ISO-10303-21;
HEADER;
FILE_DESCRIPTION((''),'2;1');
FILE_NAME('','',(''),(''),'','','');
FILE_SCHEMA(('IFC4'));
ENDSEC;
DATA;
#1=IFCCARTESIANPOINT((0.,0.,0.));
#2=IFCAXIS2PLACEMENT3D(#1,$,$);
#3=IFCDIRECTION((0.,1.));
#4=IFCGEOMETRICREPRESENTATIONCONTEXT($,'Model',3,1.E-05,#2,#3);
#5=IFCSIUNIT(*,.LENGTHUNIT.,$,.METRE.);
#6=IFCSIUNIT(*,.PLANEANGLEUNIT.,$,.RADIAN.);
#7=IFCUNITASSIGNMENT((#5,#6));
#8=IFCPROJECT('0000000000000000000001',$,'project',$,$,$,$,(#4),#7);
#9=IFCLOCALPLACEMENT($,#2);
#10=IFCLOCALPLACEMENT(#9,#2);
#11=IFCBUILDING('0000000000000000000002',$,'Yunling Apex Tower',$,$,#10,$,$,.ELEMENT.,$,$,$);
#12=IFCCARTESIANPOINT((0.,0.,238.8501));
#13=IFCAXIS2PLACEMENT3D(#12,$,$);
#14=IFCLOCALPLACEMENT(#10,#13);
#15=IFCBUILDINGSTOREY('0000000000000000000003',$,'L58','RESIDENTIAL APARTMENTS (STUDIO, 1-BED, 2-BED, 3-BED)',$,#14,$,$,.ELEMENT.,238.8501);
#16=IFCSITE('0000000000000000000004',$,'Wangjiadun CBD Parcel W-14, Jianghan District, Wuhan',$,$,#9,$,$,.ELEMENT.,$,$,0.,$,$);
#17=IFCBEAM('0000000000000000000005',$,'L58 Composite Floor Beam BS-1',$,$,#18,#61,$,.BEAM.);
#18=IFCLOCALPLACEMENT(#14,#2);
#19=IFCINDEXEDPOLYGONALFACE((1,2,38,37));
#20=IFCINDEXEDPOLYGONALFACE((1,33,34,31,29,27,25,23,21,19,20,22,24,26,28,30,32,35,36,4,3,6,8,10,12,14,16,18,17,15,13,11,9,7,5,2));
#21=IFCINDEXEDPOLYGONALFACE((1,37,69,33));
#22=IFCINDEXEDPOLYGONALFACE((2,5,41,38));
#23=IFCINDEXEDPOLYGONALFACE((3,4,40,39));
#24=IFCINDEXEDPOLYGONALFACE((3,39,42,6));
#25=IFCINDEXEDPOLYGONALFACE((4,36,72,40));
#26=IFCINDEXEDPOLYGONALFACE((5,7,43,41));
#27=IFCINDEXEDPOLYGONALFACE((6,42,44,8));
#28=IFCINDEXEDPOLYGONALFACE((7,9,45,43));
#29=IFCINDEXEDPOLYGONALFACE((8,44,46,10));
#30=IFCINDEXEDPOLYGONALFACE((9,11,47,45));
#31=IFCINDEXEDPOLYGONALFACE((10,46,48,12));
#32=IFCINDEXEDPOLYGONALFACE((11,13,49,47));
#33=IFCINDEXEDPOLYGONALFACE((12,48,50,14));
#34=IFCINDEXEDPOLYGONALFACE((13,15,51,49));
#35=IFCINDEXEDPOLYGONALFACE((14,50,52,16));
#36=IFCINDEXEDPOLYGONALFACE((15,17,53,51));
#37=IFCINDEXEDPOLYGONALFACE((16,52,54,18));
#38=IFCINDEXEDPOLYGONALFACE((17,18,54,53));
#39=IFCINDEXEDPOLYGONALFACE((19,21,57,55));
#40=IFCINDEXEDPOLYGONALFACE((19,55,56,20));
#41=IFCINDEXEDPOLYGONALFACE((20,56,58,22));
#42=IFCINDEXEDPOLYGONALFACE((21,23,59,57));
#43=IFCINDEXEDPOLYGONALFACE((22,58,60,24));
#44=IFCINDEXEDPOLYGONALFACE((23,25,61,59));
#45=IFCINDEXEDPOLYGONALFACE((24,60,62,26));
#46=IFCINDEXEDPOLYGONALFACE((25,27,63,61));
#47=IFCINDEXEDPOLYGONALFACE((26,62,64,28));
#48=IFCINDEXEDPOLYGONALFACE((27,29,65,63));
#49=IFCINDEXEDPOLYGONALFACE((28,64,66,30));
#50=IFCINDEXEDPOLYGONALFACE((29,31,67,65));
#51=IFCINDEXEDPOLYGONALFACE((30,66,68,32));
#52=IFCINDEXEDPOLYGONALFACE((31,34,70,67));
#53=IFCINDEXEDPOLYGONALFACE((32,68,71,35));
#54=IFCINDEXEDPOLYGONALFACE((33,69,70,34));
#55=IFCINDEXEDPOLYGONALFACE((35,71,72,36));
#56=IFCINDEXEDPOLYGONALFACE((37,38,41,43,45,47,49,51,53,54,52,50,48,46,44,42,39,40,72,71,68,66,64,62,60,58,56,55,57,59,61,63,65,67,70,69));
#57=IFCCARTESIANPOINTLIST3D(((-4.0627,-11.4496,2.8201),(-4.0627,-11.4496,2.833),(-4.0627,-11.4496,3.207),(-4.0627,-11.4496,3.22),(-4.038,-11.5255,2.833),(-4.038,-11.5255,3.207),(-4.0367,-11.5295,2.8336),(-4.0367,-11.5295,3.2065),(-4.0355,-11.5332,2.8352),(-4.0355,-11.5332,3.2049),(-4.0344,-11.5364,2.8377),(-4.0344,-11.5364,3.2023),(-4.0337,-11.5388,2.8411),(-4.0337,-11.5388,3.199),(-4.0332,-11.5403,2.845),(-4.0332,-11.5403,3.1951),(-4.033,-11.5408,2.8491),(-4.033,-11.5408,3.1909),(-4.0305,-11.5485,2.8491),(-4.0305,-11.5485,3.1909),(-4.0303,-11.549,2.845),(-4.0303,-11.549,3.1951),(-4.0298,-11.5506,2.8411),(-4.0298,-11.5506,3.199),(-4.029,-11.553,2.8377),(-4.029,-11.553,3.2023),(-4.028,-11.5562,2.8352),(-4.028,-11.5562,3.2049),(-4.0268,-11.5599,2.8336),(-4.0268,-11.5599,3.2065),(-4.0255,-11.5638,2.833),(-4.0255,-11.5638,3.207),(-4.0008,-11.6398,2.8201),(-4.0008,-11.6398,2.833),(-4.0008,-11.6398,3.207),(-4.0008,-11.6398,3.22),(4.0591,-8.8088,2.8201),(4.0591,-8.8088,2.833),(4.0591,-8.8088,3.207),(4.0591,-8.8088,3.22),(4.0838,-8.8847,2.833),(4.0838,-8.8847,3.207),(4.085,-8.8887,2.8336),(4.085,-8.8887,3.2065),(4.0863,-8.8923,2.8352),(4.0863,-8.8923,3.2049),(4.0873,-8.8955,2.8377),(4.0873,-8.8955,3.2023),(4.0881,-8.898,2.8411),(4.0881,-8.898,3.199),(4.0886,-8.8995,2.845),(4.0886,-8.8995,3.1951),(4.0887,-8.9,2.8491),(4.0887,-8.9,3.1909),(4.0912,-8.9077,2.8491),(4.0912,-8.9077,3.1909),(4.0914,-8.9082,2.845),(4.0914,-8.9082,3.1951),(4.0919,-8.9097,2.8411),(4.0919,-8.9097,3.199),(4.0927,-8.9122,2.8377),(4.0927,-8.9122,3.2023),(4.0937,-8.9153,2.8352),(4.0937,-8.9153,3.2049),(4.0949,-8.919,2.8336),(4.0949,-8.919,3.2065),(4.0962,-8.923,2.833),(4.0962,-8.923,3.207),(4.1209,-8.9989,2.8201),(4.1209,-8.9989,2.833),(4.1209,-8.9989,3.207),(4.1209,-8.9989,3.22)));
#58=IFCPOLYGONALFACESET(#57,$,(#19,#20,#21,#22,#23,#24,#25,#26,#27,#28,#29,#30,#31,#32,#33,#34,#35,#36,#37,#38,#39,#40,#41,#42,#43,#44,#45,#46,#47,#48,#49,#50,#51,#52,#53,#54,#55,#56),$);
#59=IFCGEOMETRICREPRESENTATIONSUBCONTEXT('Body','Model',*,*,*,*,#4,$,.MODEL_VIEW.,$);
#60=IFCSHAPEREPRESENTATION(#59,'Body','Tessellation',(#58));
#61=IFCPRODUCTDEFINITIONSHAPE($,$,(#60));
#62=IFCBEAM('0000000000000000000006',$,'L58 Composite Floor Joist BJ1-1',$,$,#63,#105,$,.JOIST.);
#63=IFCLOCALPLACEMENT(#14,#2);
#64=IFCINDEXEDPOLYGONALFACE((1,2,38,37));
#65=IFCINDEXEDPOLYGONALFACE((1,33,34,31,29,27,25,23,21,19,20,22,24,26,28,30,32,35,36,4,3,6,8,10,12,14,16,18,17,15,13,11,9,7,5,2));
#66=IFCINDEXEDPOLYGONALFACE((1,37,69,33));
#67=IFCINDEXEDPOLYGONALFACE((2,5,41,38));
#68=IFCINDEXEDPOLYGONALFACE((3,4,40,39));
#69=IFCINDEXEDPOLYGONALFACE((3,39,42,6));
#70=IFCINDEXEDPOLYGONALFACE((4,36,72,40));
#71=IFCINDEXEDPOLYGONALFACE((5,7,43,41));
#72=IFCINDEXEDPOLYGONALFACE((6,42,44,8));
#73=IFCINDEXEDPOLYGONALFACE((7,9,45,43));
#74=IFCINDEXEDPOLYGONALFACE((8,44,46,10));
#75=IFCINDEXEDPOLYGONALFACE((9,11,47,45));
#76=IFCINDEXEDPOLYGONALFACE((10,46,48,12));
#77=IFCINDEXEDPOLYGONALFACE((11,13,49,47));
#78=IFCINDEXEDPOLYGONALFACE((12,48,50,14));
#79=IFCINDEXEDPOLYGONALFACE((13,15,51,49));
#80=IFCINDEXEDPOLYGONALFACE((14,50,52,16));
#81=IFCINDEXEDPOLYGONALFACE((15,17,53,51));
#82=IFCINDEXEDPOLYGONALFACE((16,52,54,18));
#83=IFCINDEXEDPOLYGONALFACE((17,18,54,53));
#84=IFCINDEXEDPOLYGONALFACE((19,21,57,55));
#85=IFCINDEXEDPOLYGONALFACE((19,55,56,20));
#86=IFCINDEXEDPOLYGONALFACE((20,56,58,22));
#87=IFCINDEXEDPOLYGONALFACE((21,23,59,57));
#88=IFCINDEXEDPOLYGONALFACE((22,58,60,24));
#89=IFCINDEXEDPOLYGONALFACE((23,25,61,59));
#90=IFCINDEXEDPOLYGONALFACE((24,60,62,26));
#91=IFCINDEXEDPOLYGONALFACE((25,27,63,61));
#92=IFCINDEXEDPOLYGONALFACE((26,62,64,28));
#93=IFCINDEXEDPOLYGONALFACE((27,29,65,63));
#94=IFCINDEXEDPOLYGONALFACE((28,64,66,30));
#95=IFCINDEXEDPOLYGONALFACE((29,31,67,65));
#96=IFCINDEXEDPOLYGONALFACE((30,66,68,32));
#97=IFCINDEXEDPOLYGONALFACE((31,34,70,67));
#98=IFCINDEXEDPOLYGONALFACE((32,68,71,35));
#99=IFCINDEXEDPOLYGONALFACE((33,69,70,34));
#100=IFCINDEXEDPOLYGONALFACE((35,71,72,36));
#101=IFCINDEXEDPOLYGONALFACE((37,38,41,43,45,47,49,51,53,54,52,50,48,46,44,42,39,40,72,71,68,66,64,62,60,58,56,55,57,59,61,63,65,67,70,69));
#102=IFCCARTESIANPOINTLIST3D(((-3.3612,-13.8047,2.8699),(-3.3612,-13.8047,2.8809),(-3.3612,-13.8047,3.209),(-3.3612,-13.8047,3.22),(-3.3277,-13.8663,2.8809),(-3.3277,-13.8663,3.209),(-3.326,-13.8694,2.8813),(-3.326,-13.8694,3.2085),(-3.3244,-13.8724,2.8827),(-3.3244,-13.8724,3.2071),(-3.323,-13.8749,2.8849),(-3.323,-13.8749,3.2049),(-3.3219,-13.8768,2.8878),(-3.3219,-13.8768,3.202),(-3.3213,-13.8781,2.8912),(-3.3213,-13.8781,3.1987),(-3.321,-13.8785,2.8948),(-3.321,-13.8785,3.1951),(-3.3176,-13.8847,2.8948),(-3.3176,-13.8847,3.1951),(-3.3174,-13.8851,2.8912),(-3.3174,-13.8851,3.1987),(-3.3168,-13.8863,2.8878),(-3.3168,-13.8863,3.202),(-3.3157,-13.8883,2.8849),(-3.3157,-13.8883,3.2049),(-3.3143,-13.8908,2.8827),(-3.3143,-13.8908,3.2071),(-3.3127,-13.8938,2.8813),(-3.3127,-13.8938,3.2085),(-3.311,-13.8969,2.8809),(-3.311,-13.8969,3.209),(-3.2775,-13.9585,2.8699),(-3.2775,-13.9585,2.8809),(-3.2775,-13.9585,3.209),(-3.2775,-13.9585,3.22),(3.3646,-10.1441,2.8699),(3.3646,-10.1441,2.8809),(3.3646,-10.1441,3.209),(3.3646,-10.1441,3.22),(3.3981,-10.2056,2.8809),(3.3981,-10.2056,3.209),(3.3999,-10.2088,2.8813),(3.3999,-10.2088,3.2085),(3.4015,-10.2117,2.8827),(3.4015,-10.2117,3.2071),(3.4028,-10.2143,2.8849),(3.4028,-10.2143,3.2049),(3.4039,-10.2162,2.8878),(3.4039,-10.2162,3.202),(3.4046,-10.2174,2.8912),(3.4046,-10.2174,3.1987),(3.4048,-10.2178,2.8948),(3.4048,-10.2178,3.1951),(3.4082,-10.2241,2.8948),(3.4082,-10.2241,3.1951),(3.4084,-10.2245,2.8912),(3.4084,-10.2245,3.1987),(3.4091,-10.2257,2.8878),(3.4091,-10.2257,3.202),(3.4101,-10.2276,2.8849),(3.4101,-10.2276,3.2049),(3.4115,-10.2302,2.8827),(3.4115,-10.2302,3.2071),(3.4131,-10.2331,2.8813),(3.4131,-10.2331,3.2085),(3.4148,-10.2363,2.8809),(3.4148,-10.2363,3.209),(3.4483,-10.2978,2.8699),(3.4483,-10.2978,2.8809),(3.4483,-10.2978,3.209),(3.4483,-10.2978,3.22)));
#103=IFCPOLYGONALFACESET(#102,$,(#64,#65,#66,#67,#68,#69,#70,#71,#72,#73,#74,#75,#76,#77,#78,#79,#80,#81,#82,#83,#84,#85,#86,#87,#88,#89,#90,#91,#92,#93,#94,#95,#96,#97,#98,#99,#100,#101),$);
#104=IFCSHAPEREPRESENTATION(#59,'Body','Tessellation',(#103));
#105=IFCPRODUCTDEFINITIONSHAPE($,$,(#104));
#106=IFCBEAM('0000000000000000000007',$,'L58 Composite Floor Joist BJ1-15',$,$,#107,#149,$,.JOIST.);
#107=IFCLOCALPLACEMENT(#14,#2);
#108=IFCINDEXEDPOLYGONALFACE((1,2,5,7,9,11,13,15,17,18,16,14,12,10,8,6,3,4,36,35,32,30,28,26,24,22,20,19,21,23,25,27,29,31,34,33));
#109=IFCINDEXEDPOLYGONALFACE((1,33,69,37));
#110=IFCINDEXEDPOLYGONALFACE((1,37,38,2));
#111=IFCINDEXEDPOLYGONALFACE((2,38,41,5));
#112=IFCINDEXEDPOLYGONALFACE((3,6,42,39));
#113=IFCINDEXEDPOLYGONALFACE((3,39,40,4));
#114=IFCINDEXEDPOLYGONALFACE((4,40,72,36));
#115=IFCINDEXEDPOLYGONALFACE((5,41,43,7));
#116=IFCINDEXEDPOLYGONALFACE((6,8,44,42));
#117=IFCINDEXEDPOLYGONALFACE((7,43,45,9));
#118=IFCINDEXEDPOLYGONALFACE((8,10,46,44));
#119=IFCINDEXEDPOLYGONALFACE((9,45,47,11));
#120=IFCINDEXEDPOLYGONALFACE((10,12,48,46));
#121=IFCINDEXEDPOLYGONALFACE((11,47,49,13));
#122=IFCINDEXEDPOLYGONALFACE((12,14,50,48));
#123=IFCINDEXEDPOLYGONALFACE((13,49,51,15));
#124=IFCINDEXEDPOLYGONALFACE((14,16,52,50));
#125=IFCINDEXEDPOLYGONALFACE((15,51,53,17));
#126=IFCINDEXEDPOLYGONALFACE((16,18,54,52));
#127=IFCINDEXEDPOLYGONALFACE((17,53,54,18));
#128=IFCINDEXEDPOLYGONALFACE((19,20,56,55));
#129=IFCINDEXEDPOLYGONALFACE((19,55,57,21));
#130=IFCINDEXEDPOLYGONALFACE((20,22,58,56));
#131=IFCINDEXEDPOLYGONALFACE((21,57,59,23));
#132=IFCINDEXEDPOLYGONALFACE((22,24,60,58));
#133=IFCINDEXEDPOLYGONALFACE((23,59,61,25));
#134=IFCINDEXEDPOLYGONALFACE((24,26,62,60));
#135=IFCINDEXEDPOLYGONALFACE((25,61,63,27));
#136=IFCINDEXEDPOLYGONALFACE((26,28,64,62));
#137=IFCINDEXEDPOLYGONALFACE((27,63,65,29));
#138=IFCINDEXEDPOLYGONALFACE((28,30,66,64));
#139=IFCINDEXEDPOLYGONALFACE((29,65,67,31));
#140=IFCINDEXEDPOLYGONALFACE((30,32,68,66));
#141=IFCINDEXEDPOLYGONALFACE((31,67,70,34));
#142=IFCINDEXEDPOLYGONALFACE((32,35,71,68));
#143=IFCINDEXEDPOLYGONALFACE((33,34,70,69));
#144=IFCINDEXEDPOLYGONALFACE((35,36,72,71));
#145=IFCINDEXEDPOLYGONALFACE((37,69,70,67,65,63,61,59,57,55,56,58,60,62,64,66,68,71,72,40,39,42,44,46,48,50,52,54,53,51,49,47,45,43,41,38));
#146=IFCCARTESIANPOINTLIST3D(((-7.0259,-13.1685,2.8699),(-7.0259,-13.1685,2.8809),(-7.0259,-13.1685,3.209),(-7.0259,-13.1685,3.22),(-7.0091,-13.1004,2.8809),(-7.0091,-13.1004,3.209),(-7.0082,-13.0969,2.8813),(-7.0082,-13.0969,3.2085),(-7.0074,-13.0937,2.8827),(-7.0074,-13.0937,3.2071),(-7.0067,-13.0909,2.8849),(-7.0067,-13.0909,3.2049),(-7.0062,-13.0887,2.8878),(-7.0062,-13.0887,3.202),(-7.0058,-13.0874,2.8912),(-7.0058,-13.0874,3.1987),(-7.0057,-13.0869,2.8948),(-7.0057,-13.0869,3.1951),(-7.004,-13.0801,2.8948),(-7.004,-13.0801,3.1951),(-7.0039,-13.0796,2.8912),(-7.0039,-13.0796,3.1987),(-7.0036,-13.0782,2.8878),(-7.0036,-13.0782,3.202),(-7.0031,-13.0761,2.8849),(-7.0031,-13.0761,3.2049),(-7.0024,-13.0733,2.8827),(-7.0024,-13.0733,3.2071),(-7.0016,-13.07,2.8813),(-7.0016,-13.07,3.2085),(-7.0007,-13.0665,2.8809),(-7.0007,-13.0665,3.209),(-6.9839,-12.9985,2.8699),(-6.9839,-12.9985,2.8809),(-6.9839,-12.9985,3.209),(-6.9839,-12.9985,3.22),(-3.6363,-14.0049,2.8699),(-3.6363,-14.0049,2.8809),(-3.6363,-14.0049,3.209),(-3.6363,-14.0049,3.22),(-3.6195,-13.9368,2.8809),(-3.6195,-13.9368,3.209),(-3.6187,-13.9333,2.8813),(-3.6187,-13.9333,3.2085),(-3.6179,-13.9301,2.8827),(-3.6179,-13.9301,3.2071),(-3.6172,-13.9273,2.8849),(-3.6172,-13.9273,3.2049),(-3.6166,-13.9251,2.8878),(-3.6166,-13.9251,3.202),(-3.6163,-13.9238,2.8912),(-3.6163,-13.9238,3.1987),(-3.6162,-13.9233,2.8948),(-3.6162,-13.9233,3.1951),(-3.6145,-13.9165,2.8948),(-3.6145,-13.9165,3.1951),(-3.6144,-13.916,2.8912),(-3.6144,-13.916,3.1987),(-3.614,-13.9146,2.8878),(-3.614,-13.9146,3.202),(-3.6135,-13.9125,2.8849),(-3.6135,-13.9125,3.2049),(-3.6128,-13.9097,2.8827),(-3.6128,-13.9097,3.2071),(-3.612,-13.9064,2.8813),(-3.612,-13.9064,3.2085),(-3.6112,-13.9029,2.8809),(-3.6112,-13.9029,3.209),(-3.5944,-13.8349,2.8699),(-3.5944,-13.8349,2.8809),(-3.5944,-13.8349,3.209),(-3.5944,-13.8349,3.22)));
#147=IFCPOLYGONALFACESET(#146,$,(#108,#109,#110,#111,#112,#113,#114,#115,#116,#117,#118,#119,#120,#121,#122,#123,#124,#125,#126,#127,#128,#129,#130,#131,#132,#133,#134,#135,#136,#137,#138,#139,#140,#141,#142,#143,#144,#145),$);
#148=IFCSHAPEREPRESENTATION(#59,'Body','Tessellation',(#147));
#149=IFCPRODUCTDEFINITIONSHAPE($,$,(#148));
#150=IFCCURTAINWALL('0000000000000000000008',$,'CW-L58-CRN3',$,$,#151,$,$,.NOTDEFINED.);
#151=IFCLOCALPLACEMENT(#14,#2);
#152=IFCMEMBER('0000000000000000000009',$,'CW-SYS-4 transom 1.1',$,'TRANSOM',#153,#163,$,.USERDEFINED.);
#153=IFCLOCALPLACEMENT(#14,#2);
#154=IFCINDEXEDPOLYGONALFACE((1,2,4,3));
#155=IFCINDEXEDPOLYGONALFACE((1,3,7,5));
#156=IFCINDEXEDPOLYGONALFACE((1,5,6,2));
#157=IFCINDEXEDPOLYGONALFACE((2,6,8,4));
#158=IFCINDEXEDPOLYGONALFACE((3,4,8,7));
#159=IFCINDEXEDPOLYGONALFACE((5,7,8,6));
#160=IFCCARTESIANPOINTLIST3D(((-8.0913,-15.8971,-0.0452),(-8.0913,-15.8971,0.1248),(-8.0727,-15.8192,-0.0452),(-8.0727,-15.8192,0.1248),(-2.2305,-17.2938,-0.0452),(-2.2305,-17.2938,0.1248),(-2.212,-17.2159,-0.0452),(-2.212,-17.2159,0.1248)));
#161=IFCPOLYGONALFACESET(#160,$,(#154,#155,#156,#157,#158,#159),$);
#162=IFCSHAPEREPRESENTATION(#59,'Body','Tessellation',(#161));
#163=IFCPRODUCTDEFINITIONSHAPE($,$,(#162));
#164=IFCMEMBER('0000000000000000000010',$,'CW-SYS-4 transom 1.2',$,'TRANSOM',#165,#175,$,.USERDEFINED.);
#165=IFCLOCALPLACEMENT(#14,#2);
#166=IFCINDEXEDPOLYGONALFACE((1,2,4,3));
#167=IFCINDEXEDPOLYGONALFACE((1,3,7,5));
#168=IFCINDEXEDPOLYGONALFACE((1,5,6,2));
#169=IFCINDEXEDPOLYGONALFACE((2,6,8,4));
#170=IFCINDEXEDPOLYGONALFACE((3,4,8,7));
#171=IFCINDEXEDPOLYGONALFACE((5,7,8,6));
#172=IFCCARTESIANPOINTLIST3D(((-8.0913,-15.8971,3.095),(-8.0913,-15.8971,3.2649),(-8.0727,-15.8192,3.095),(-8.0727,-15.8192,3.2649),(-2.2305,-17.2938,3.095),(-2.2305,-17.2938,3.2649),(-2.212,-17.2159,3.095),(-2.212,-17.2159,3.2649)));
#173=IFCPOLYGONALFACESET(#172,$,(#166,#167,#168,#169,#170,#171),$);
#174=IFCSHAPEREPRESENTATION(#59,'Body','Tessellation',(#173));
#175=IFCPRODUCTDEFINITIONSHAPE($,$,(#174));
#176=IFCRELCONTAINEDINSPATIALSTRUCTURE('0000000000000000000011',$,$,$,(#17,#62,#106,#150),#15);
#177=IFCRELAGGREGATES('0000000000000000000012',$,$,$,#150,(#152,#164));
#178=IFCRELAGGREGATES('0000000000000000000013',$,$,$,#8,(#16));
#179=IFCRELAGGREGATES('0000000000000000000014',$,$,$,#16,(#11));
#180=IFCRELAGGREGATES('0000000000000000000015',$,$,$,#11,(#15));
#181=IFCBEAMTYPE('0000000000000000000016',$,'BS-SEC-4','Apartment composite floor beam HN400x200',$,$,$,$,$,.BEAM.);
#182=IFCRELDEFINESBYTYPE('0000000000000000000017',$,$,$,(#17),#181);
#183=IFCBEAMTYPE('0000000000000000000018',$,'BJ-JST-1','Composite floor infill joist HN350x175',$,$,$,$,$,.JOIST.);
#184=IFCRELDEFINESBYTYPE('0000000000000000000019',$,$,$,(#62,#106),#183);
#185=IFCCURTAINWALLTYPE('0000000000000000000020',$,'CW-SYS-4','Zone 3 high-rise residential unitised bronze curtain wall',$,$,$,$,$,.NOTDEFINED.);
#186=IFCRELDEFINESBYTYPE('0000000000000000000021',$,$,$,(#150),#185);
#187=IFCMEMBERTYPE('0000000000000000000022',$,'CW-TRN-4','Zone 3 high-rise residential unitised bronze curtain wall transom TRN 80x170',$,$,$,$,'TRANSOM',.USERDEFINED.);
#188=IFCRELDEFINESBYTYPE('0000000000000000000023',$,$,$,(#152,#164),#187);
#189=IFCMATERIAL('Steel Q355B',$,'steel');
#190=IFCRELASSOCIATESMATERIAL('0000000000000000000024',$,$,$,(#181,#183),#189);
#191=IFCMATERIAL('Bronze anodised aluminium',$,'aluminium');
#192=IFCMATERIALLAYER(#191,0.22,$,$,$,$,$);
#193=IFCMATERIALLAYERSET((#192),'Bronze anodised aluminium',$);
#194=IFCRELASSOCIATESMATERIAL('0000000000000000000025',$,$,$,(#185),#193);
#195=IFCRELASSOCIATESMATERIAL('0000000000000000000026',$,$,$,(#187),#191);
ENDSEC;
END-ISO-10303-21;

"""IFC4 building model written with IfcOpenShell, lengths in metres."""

from ifc_helpers import new_model, si_unit, direction, frame, origin, origin_2d, place, context, subcontext, project, spatial, rectangle, i_section, extrude, source, transform, mapped, material, layer, layer_set, material_profile, profile_set, type_object, element, aggregate, save


model = new_model("IFC4")

# Units and contexts
model_context = context("Model", 3, precision=1e-05, world=origin(), true_north=direction((0.0, 1.0)))
body_context = subcontext(model_context, "Body", "Model", "MODEL_VIEW")
ifc_project = project(units=[si_unit("LENGTHUNIT", "METRE"), si_unit("PLANEANGLEUNIT", "RADIAN")], contexts=[model_context])

# Site, building, storey
site_placement = place(None, origin())
site = spatial("IfcSite", under=ifc_project, at=site_placement, Name="Wangjiadun CBD Parcel W-14, Jianghan District, Wuhan", CompositionType="ELEMENT", RefElevation=0.0)
building_placement = place(site_placement, origin())
building = spatial("IfcBuilding", under=site, at=building_placement, Name="Yunling Apex Tower", CompositionType="ELEMENT")
storey_placement = place(building_placement, frame((0.0, 0.0, 238.8501)))
storey = spatial("IfcBuildingStorey", under=building, at=storey_placement, Name="L58", Description="RESIDENTIAL APARTMENTS (STUDIO, 1-BED, 2-BED, 3-BED)", CompositionType="ELEMENT", Elevation=238.8501)

# Beams
ifc_material_1 = material(Name="Steel Q355B", Category="steel")
ifc_material_profile_1 = material_profile(ifc_material_1, i_section(OverallWidth=0.2, OverallDepth=0.3999, WebThickness=0.0081, FlangeThickness=0.0129, FilletRadius=0.0161, at=origin_2d()))
ifc_profile_set_1 = profile_set([ifc_material_profile_1], Name="Steel Q355B")
beam_type_1 = type_object("IfcBeamType", Name="BS-SEC-4", Description="Apartment composite floor beam HN400x200", PredefinedType="BEAM", material=ifc_profile_set_1)
shared_shape_1 = source(origin(), body_context, "Body", "SweptSolid", [
    extrude(i_section(OverallWidth=0.2, OverallDepth=0.3999, WebThickness=0.0081, FlangeThickness=0.0129, FilletRadius=0.0161, at=origin_2d()), origin(), (0.0, 0.0, 1.0), 8.5403),
])
beam_1_placement = place(storey_placement, frame((-4.0317, -11.5447, 3.02), z_axis=(0.95099, 0.309221, 0.0), x_axis=(-0.309221, 0.95099, 0.0)))
element("IfcBeam", 1, at=beam_1_placement, inside=storey, type_object=beam_type_1, Name="L58 Composite Floor Beam BS-1", PredefinedType="BEAM", context=body_context, shape_type="MappedRepresentation", body=[
    mapped(shared_shape_1, transform((0.0, 0.0, 0.0), scale=1.0)),
])
ifc_material_profile_2 = material_profile(ifc_material_1, i_section(OverallWidth=0.175, OverallDepth=0.3501, WebThickness=0.0071, FlangeThickness=0.011, FilletRadius=0.0139, at=origin_2d()))
ifc_profile_set_2 = profile_set([ifc_material_profile_2], Name="Steel Q355B")
beam_type_2 = type_object("IfcBeamType", Name="BJ-JST-1", Description="Composite floor infill joist HN350x175", PredefinedType="JOIST", material=ifc_profile_set_2)
shared_shape_2 = source(origin(), body_context, "Body", "SweptSolid", [
    extrude(i_section(OverallWidth=0.175, OverallDepth=0.3501, WebThickness=0.0071, FlangeThickness=0.011, FilletRadius=0.0139, at=origin_2d()), origin(), (0.0, 0.0, 1.0), 7.6575),
])
beam_2_placement = place(storey_placement, frame((-3.3193, -13.8816, 3.0449), z_axis=(0.878334, 0.478048, 0.0), x_axis=(-0.478048, 0.878334, 0.0)))
element("IfcBeam", 2, at=beam_2_placement, inside=storey, type_object=beam_type_2, Name="L58 Composite Floor Joist BJ1-1", PredefinedType="JOIST", context=body_context, shape_type="MappedRepresentation", body=[
    mapped(shared_shape_2, transform((0.0, 0.0, 0.0), scale=1.0)),
])
shared_shape_3 = source(origin(), body_context, "Body", "SweptSolid", [
    extrude(i_section(OverallWidth=0.175, OverallDepth=0.3501, WebThickness=0.0071, FlangeThickness=0.011, FilletRadius=0.0139, at=origin_2d()), origin(), (0.0, 0.0, 1.0), 3.4912),
])
beam_3_placement = place(storey_placement, frame((-7.0049, -13.0835, 3.0449), z_axis=(0.970878, -0.239573, 0.0), x_axis=(0.239573, 0.970878, 0.0)))
element("IfcBeam", 3, at=beam_3_placement, inside=storey, type_object=beam_type_2, Name="L58 Composite Floor Joist BJ1-15", PredefinedType="JOIST", context=body_context, shape_type="MappedRepresentation", body=[
    mapped(shared_shape_3, transform((0.0, 0.0, 0.0), scale=1.0)),
])

# Curtain wall, members
ifc_material_2 = material(Name="Bronze anodised aluminium", Category="aluminium")
ifc_layer_1 = layer(ifc_material_2, 0.22)
ifc_layer_set_1 = layer_set([ifc_layer_1], Name="Bronze anodised aluminium")
curtain_wall_type = type_object("IfcCurtainWallType", Name="CW-SYS-4", Description="Zone 3 high-rise residential unitised bronze curtain wall", PredefinedType="NOTDEFINED", material=ifc_layer_set_1)
curtain_wall_1_placement = place(storey_placement, origin())
curtain_wall_1 = element("IfcCurtainWall", 4, at=curtain_wall_1_placement, inside=storey, type_object=curtain_wall_type, Name="CW-L58-CRN3", PredefinedType="NOTDEFINED")
ifc_material_profile_3 = material_profile(ifc_material_2, rectangle(XDim=0.0801, YDim=0.1699, at=origin_2d()))
ifc_profile_set_3 = profile_set([ifc_material_profile_3], Name="Bronze anodised aluminium")
member_type_1 = type_object("IfcMemberType", Name="CW-TRN-4", Description="Zone 3 high-rise residential unitised bronze curtain wall transom TRN 80x170", ElementType="TRANSOM", PredefinedType="USERDEFINED", material=ifc_profile_set_3)
shared_shape_4 = source(origin(), body_context, "Body", "SweptSolid", [
    extrude(rectangle(XDim=0.0801, YDim=0.1699, at=origin_2d()), origin(), (0.0, 0.0, 1.0), 6.0249),
])
member_1_placement = place(storey_placement, frame((-8.082, -15.8582, 0.0398), z_axis=(0.972758, -0.231823, 0.0), x_axis=(0.231823, 0.972758, 0.0)))
member_1 = element("IfcMember", 5, at=member_1_placement, type_object=member_type_1, Name="CW-SYS-4 transom 1.1", ObjectType="TRANSOM", PredefinedType="USERDEFINED", context=body_context, shape_type="MappedRepresentation", body=[
    mapped(shared_shape_4, transform((0.0, 0.0, 0.0), scale=1.0)),
])
member_2_placement = place(storey_placement, frame((-8.082, -15.8582, 3.1799), z_axis=(0.972758, -0.231823, 0.0), x_axis=(0.231823, 0.972758, 0.0)))
member_2 = element("IfcMember", 6, at=member_2_placement, type_object=member_type_1, Name="CW-SYS-4 transom 1.2", ObjectType="TRANSOM", PredefinedType="USERDEFINED", context=body_context, shape_type="MappedRepresentation", body=[
    mapped(shared_shape_4, transform((0.0, 0.0, 0.0), scale=1.0)),
])

aggregate(curtain_wall_1, [member_1, member_2])

save(model, "model.ifc")
